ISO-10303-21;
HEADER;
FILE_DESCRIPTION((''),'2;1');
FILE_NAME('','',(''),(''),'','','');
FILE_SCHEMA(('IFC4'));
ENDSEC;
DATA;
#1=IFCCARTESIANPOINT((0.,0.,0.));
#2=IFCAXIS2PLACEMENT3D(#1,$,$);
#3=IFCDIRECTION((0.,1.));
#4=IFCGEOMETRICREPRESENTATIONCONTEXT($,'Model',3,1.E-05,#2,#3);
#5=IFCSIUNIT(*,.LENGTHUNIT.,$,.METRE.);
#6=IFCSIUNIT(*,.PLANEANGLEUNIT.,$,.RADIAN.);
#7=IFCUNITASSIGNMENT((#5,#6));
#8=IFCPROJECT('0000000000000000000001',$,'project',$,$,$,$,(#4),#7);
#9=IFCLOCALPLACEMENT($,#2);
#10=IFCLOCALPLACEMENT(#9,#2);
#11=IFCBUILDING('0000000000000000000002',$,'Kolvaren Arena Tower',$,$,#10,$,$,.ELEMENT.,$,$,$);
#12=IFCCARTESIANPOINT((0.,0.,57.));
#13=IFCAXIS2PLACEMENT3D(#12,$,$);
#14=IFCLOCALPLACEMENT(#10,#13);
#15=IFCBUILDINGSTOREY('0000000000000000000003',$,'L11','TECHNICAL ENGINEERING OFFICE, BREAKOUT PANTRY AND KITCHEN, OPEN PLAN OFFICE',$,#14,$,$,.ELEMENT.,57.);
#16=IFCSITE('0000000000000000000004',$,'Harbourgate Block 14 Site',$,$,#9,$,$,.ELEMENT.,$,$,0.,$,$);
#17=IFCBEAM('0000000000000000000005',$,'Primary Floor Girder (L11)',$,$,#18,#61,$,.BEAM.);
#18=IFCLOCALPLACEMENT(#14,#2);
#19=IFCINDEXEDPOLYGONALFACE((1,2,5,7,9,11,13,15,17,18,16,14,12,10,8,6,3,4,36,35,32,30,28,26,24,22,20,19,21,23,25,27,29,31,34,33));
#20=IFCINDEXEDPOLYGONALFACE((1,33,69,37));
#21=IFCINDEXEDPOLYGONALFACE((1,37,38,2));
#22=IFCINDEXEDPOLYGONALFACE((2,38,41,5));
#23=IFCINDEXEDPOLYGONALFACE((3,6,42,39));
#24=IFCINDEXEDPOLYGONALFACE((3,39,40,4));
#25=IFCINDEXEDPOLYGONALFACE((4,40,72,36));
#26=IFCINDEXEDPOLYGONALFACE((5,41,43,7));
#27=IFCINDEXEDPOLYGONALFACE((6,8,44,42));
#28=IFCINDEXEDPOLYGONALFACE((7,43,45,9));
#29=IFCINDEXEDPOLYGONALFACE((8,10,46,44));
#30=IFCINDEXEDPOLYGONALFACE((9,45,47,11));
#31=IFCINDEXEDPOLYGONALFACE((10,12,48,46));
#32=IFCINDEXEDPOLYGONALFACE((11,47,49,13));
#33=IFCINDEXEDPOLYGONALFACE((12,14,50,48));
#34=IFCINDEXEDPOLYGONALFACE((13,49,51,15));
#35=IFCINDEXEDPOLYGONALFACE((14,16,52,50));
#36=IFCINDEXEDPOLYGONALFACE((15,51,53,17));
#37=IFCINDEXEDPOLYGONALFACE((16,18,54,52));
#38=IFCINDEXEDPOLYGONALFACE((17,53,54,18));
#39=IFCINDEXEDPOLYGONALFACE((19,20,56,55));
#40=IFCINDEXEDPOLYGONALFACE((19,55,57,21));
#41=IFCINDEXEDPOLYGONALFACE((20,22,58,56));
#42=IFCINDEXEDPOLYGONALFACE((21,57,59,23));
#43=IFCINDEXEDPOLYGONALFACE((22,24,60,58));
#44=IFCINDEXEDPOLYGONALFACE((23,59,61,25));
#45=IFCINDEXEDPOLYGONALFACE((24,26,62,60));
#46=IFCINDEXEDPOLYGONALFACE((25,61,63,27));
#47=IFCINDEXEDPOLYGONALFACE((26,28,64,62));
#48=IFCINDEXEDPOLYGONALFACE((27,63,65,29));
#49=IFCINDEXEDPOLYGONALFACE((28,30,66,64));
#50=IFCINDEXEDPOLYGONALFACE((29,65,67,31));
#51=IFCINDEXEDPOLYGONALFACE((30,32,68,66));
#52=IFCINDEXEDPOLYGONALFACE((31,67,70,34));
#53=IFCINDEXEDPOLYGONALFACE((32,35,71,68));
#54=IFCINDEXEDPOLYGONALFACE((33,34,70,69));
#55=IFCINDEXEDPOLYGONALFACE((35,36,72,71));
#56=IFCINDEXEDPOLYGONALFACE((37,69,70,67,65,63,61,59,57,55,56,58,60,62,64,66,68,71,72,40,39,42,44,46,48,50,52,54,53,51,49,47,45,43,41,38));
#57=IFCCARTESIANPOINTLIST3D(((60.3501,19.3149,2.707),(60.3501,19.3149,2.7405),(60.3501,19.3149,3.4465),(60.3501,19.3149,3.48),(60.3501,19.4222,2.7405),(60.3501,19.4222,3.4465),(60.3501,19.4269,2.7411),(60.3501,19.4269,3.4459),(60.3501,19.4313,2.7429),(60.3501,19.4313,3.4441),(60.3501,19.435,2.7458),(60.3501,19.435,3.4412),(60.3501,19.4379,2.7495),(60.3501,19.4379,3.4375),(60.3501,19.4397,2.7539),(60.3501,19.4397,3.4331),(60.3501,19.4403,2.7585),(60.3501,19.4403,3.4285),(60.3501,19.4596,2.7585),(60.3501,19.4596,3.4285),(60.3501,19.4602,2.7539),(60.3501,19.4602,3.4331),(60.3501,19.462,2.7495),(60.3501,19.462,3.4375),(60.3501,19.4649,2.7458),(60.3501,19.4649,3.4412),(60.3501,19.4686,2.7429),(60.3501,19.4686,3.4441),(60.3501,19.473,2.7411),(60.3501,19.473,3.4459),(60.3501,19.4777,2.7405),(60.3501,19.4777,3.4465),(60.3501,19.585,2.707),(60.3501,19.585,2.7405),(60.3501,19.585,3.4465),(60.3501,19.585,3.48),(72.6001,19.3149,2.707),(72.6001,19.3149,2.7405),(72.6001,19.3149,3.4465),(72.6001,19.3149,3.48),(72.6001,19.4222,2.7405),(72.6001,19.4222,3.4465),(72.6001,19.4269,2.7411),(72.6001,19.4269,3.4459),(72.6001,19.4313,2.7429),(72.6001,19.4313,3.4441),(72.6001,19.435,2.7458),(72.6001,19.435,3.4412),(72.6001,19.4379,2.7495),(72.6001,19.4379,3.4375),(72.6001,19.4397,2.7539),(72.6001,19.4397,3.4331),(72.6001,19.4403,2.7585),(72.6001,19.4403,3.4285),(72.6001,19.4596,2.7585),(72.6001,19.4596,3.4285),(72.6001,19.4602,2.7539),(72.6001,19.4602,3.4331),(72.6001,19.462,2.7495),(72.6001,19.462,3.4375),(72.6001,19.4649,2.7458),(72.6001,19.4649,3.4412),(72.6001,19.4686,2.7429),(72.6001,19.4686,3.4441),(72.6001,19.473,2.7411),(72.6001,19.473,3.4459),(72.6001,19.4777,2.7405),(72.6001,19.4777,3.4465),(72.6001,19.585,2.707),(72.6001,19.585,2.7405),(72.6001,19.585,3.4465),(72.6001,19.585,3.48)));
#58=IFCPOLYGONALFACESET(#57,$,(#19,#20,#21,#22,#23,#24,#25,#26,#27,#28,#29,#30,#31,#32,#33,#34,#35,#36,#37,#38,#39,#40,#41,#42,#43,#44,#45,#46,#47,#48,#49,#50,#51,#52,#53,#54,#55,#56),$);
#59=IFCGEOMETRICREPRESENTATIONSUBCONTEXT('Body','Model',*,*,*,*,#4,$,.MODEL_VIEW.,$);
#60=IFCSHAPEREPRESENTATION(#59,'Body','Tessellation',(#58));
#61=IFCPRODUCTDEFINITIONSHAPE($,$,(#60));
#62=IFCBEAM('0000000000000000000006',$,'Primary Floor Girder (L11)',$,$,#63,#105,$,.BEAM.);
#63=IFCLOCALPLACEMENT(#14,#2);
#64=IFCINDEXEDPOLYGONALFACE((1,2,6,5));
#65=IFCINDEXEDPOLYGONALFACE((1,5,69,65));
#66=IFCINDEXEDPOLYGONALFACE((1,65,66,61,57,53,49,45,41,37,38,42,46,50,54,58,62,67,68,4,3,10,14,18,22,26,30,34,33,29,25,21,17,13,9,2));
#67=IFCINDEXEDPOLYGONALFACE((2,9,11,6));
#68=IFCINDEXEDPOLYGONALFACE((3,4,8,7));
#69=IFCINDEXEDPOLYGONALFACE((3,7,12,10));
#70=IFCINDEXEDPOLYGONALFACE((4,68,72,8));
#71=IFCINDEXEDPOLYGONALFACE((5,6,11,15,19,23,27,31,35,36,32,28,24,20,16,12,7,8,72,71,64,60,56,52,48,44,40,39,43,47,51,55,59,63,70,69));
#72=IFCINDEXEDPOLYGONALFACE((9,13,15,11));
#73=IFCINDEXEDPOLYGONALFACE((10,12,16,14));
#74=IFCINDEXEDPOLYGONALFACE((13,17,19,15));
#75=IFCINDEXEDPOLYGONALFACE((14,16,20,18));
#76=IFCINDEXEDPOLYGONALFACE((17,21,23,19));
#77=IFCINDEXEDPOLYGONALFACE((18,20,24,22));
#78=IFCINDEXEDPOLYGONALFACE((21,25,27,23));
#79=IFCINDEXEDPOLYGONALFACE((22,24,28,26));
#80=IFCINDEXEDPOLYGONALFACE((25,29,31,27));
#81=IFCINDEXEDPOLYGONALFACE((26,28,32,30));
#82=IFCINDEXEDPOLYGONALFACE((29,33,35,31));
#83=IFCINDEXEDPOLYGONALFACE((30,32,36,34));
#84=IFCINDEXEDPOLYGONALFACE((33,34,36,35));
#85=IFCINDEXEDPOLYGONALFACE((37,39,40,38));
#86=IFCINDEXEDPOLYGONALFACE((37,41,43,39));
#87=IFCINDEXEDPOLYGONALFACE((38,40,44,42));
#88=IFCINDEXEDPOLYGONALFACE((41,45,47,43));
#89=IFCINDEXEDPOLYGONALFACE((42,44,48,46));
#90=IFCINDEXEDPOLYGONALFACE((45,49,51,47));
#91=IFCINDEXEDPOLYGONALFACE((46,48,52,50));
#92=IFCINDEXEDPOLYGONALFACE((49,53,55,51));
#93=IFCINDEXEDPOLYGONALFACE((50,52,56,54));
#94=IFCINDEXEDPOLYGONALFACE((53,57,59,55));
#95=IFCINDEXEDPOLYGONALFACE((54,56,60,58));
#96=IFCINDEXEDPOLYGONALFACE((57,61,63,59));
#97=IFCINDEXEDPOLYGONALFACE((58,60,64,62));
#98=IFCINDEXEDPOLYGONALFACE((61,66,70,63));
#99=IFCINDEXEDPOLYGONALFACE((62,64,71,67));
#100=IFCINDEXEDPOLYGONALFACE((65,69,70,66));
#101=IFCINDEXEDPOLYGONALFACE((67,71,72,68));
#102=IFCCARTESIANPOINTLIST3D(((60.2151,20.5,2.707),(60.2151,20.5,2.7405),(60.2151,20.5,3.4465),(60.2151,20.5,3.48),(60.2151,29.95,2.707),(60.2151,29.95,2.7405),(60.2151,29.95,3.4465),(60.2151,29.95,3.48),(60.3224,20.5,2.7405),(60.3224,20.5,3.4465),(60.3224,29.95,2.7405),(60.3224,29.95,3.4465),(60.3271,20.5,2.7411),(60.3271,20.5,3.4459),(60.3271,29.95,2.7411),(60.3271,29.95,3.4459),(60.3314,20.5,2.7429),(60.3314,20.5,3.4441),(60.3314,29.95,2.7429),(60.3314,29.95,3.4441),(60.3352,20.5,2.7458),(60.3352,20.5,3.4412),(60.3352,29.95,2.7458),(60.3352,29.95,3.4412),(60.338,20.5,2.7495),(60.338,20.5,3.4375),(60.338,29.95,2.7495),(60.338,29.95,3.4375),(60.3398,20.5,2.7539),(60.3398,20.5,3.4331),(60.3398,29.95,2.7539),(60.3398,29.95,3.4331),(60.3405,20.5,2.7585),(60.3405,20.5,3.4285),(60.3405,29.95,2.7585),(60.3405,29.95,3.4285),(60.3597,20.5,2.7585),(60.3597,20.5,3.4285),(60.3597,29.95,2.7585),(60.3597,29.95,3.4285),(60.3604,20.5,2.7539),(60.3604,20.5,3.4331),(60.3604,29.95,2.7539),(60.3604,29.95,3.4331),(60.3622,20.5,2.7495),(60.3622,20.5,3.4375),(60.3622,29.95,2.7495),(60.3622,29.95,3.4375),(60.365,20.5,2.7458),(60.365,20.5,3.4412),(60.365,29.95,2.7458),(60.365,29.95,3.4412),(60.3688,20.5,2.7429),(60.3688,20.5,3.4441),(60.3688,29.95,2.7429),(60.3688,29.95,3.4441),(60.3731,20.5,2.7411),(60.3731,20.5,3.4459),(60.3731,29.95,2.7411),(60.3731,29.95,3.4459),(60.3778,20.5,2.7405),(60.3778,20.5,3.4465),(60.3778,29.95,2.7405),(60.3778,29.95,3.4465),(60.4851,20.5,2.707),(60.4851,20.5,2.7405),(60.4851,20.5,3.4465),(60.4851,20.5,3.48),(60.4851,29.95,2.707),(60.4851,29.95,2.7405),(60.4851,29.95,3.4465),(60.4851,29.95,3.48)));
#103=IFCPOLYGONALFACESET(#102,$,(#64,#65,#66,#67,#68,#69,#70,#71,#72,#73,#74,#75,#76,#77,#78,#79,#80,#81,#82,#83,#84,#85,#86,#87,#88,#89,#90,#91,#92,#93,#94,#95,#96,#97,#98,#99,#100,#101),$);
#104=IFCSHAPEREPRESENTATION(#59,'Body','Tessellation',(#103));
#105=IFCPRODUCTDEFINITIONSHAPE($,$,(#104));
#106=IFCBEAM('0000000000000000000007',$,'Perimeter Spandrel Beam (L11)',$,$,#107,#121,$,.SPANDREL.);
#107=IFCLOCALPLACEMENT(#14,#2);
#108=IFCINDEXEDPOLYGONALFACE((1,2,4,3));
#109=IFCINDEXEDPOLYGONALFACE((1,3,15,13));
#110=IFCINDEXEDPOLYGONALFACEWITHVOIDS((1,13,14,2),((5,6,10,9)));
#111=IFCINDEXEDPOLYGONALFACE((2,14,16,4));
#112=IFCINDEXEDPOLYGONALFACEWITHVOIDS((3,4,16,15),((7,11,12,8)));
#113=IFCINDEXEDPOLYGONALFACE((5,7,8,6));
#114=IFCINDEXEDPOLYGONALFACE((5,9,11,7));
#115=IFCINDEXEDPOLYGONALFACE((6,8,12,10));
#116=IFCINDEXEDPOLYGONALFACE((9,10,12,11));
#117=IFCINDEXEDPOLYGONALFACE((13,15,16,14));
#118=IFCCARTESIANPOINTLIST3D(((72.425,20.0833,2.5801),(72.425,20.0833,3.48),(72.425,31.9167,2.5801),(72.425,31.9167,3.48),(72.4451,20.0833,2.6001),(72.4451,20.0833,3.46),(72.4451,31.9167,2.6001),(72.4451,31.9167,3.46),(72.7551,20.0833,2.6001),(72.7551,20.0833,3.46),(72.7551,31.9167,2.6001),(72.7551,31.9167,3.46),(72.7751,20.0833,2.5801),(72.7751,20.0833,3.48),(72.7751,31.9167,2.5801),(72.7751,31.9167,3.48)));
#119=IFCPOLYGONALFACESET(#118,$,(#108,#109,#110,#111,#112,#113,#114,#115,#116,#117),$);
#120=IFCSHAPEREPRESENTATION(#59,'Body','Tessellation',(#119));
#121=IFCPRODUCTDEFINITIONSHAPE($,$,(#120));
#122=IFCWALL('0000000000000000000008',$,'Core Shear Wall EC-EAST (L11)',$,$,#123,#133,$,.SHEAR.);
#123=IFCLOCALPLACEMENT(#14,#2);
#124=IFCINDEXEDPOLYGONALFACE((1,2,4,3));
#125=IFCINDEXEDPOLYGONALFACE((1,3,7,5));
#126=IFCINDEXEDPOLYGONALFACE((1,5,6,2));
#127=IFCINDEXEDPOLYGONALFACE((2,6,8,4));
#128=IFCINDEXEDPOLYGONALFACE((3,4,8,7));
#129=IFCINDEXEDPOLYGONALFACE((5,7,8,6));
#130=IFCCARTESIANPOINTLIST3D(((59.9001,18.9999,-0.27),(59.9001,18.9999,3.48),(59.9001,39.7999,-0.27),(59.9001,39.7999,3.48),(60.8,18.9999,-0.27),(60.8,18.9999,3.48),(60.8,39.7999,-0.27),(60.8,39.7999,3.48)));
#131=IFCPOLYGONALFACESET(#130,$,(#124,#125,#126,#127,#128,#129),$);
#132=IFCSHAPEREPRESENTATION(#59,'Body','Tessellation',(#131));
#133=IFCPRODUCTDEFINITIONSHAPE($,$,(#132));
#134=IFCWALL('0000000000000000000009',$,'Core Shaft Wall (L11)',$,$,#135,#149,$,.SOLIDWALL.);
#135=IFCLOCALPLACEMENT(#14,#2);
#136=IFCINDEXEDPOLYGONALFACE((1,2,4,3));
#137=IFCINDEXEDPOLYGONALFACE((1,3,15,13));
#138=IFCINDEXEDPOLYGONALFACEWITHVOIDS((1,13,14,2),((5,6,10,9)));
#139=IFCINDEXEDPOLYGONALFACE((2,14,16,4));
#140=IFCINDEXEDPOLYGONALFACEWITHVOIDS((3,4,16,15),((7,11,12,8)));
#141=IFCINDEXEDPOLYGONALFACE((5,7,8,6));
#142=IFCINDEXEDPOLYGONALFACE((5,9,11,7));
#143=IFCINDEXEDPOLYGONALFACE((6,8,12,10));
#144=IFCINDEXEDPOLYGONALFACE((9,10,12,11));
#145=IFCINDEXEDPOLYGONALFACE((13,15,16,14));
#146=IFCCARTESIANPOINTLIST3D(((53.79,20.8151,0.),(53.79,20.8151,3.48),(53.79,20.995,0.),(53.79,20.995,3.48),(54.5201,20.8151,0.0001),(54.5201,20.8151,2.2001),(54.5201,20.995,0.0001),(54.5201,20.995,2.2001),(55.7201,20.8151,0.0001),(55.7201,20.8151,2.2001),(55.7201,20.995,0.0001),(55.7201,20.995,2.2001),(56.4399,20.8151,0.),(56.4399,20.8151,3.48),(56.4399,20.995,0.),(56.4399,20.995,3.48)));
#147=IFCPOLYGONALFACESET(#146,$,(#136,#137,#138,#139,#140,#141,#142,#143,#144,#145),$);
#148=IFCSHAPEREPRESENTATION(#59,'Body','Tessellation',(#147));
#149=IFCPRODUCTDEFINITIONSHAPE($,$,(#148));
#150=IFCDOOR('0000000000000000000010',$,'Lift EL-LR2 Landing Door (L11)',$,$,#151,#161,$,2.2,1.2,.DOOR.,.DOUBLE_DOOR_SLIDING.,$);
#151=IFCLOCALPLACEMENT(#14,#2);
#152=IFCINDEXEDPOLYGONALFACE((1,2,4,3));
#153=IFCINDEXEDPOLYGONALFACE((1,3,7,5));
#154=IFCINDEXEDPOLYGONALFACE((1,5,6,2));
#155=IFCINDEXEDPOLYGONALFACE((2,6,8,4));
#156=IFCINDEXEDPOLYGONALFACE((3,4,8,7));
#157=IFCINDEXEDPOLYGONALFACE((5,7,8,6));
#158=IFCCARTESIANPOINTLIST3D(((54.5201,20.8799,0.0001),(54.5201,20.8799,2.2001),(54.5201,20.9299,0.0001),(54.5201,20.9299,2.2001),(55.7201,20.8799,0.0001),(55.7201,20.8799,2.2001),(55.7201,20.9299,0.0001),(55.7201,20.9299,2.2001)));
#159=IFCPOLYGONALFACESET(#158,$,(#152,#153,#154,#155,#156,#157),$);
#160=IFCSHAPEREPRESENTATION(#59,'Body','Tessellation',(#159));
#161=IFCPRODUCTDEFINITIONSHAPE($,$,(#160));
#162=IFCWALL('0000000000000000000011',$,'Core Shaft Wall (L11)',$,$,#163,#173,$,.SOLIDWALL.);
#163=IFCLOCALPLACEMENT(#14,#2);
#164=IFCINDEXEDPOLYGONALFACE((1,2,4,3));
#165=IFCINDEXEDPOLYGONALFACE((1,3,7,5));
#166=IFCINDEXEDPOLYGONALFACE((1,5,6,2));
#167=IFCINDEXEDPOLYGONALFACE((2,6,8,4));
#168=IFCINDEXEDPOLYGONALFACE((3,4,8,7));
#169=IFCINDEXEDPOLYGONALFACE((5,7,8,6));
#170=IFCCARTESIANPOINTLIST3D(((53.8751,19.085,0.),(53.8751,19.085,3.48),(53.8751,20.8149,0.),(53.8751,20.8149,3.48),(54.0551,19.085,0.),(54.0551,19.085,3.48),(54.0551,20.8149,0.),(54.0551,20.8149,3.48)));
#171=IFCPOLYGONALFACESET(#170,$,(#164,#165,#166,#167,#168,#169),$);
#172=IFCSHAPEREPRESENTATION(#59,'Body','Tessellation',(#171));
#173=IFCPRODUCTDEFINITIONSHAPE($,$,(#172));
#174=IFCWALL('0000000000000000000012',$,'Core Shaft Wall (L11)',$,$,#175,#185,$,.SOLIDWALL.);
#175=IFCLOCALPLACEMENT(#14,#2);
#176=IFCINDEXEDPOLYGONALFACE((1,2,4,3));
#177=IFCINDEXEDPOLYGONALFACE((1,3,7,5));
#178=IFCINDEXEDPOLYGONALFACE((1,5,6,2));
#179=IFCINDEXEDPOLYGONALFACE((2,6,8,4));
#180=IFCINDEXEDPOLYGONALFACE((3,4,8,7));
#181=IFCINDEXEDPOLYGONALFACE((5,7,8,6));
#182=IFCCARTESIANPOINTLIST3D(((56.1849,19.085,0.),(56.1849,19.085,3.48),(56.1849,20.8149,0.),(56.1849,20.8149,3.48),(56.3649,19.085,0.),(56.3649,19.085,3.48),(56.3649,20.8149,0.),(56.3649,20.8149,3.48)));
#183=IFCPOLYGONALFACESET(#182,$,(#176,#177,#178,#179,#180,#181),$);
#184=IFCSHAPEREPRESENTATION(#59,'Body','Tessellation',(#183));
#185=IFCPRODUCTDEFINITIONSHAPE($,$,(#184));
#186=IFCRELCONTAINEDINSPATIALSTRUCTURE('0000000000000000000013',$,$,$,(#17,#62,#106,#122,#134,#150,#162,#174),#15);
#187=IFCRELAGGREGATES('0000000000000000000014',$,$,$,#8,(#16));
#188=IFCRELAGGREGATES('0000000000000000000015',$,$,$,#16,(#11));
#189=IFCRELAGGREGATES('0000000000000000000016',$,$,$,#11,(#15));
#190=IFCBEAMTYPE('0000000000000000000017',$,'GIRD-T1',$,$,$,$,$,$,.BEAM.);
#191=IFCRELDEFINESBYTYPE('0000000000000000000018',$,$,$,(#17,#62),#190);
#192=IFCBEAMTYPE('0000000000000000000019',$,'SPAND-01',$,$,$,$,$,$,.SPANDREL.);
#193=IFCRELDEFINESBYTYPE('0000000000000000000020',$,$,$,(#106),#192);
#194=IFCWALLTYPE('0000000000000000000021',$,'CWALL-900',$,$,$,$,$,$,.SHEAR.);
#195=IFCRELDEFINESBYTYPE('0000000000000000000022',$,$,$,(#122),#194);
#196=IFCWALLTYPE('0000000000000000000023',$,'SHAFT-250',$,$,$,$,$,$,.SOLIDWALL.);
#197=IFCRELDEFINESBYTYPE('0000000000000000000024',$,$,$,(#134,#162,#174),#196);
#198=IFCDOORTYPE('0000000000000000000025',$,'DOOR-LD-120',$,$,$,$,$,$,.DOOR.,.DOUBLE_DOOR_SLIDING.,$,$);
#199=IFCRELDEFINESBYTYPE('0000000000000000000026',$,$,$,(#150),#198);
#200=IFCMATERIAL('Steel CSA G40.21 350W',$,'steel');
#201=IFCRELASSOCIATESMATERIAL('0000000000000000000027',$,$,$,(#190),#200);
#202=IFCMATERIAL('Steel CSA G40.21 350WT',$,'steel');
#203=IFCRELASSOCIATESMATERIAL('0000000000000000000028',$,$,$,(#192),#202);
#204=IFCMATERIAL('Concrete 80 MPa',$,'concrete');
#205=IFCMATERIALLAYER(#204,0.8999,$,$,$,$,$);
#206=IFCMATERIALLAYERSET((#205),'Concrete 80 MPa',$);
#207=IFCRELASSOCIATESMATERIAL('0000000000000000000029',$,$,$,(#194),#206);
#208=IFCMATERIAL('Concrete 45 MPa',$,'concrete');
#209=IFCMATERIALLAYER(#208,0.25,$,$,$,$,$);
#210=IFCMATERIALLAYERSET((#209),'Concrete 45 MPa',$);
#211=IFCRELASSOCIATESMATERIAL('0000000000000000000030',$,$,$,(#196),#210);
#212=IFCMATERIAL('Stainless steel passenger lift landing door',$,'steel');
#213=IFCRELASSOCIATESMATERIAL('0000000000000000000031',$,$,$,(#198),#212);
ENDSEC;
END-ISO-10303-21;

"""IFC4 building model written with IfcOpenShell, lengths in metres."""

from ifc_helpers import new_model, si_unit, direction, frame, frame_2d, origin, origin_2d, place, context, subcontext, project, spatial, rectangle, hollow_rectangle, i_section, extrude, material, layer, layer_set, material_profile, profile_set, type_object, element, fill, save


model = new_model("IFC4")

# Units and contexts
model_context = context("Model", 3, precision=1e-05, world=origin(), true_north=direction((0.0, 1.0)))
body_context = subcontext(model_context, "Body", "Model", "MODEL_VIEW")
ifc_project = project(units=[si_unit("LENGTHUNIT", "METRE"), si_unit("PLANEANGLEUNIT", "RADIAN")], contexts=[model_context])

# Site, building, storey
site_placement = place(None, origin())
site = spatial("IfcSite", under=ifc_project, at=site_placement, Name="Harbourgate Block 14 Site", CompositionType="ELEMENT", RefElevation=0.0)
building_placement = place(site_placement, origin())
building = spatial("IfcBuilding", under=site, at=building_placement, Name="Kolvaren Arena Tower", CompositionType="ELEMENT")
storey_placement = place(building_placement, frame((0.0, 0.0, 57.0)))
storey = spatial("IfcBuildingStorey", under=building, at=storey_placement, Name="L11", Description="TECHNICAL ENGINEERING OFFICE, BREAKOUT PANTRY AND KITCHEN, OPEN PLAN OFFICE", CompositionType="ELEMENT", Elevation=57.0)

# Beams
ifc_material_1 = material(Name="Steel CSA G40.21 350W", Category="steel")
ifc_material_profile_1 = material_profile(ifc_material_1, i_section(OverallWidth=0.27, OverallDepth=0.7729, WebThickness=0.0193, FlangeThickness=0.0334, FilletRadius=0.0181, at=origin_2d()), Name="W760x257")
ifc_profile_set_1 = profile_set([ifc_material_profile_1], Name="Steel CSA G40.21 350W")
beam_type_1 = type_object("IfcBeamType", Name="GIRD-T1", PredefinedType="BEAM", material=ifc_profile_set_1)
beam_1_placement = place(storey_placement, frame((60.3501, 19.45, 3.0935), z_axis=(1.0, 0.0, 0.0), x_axis=(0.0, 1.0, 0.0)))
element("IfcBeam", 1, at=beam_1_placement, inside=storey, type_object=beam_type_1, Name="Primary Floor Girder (L11)", PredefinedType="BEAM", context=body_context, shape_type="SweptSolid", body=[
    extrude(i_section(OverallWidth=0.27, OverallDepth=0.7729, WebThickness=0.0193, FlangeThickness=0.0334, FilletRadius=0.0181, at=origin_2d()), origin(), (0.0, 0.0, 1.0), 12.25),
])
beam_2_placement = place(storey_placement, frame((60.3501, 20.5, 3.0935), z_axis=(0.0, 1.0, 0.0), x_axis=(-1.0, 0.0, 0.0)))
element("IfcBeam", 2, at=beam_2_placement, inside=storey, type_object=beam_type_1, Name="Primary Floor Girder (L11)", PredefinedType="BEAM", context=body_context, shape_type="SweptSolid", body=[
    extrude(i_section(OverallWidth=0.27, OverallDepth=0.7729, WebThickness=0.0193, FlangeThickness=0.0334, FilletRadius=0.0181, at=origin_2d()), origin(), (0.0, 0.0, 1.0), 9.45),
])
ifc_material_2 = material(Name="Steel CSA G40.21 350WT", Category="steel")
ifc_material_profile_2 = material_profile(ifc_material_2, hollow_rectangle(XDim=0.3501, YDim=0.8999, WallThickness=0.02, at=origin_2d()), Name="HSS 900x350x20")
ifc_profile_set_2 = profile_set([ifc_material_profile_2], Name="Steel CSA G40.21 350WT")
beam_type_2 = type_object("IfcBeamType", Name="SPAND-01", PredefinedType="SPANDREL", material=ifc_profile_set_2)
beam_3_placement = place(storey_placement, frame((72.6001, 20.0833, 3.03), z_axis=(0.0, 1.0, 0.0), x_axis=(-1.0, 0.0, 0.0)))
element("IfcBeam", 3, at=beam_3_placement, inside=storey, type_object=beam_type_2, Name="Perimeter Spandrel Beam (L11)", PredefinedType="SPANDREL", context=body_context, shape_type="SweptSolid", body=[
    extrude(hollow_rectangle(XDim=0.3501, YDim=0.8999, WallThickness=0.02, at=origin_2d()), origin(), (0.0, 0.0, 1.0), 11.8335),
])

# Wall
ifc_material_3 = material(Name="Concrete 80 MPa", Category="concrete")
ifc_layer_1 = layer(ifc_material_3, 0.8999)
ifc_layer_set_1 = layer_set([ifc_layer_1], Name="Concrete 80 MPa")
wall_type_1 = type_object("IfcWallType", Name="CWALL-900", PredefinedType="SHEAR", material=ifc_layer_set_1)
wall_1_placement = place(storey_placement, frame((60.3501, 19.0, -0.27), z_axis=(0.0, 0.0, 1.0), x_axis=(0.0, 1.0, 0.0)))
element("IfcWall", 4, at=wall_1_placement, inside=storey, type_object=wall_type_1, Name="Core Shear Wall EC-EAST (L11)", PredefinedType="SHEAR", context=body_context, shape_type="SweptSolid", body=[
    extrude(rectangle(XDim=20.8, YDim=0.8999, at=frame_2d((10.3999, 0.0))), origin(), (0.0, 0.0, 1.0), 3.75),
])

# Wall, opening, door
ifc_material_4 = material(Name="Concrete 45 MPa", Category="concrete")
ifc_layer_2 = layer(ifc_material_4, 0.25)
ifc_layer_set_2 = layer_set([ifc_layer_2], Name="Concrete 45 MPa")
wall_type_2 = type_object("IfcWallType", Name="SHAFT-250", PredefinedType="SOLIDWALL", material=ifc_layer_set_2)
wall_2_placement = place(storey_placement, frame((53.79, 20.905, 0.0), z_axis=(0.0, 0.0, 1.0), x_axis=(1.0, 0.0, 0.0)))
wall_2 = element("IfcWall", 5, at=wall_2_placement, inside=storey, type_object=wall_type_2, Name="Core Shaft Wall (L11)", PredefinedType="SOLIDWALL", context=body_context, shape_type="SweptSolid", body=[
    extrude(rectangle(XDim=2.6499, YDim=0.1799, at=frame_2d((1.325, 0.0))), origin(), (0.0, 0.0, 1.0), 3.48),
])
opening_1_placement = place(wall_2_placement, frame((0.73, 0.0, 0.0)))
opening_1 = element("IfcOpeningElement", 6, at=opening_1_placement, cuts=wall_2, PredefinedType="OPENING", context=body_context, shape_type="SweptSolid", body=[
    extrude(rectangle(XDim=1.2, YDim=2.2, at=frame_2d((0.6001, 1.1001))), frame((0.0, 0.0999, 0.0), z_axis=(0.0, -1.0, 0.0), x_axis=(1.0, 0.0, 0.0)), (0.0, 0.0, 1.0), 0.2),
])
ifc_material_5 = material(Name="Stainless steel passenger lift landing door", Category="steel")
door_type = type_object("IfcDoorType", Name="DOOR-LD-120", OperationType="DOUBLE_DOOR_SLIDING", PredefinedType="DOOR", material=ifc_material_5)
door_1_placement = place(opening_1_placement, origin())
door_1 = element("IfcDoor", 7, at=door_1_placement, inside=storey, type_object=door_type, Name="Lift EL-LR2 Landing Door (L11)", OperationType="DOUBLE_DOOR_SLIDING", OverallHeight=2.2, OverallWidth=1.2, PredefinedType="DOOR", context=body_context, shape_type="SweptSolid", body=[
    extrude(rectangle(XDim=1.2, YDim=2.2, at=frame_2d((0.6001, 1.1001))), frame((0.0, 0.0249, 0.0), z_axis=(0.0, -1.0, 0.0), x_axis=(1.0, 0.0, 0.0)), (0.0, 0.0, 1.0), 0.05),
])
fill(opening_1, door_1)

# Walls
for number, where, z_axis, x_axis, name in (
    (8, (53.9651, 19.085, 0.0), (0.0, 0.0, 1.0), (0.0, 1.0, 0.0), "Core Shaft Wall (L11)"),
    (9, (56.2749, 19.085, 0.0), (0.0, 0.0, 1.0), (0.0, 1.0, 0.0), "Core Shaft Wall (L11)"),
):
    element("IfcWall", number, at=place(storey_placement, frame(where, z_axis=z_axis, x_axis=x_axis)), inside=storey, type_object=wall_type_2, Name=name, PredefinedType="SOLIDWALL", context=body_context, shape_type="SweptSolid", body=[
        extrude(rectangle(XDim=1.73, YDim=0.1799, at=frame_2d((0.865, 0.0))), origin(), (0.0, 0.0, 1.0), 3.48),
    ])

save(model, "model.ifc")
